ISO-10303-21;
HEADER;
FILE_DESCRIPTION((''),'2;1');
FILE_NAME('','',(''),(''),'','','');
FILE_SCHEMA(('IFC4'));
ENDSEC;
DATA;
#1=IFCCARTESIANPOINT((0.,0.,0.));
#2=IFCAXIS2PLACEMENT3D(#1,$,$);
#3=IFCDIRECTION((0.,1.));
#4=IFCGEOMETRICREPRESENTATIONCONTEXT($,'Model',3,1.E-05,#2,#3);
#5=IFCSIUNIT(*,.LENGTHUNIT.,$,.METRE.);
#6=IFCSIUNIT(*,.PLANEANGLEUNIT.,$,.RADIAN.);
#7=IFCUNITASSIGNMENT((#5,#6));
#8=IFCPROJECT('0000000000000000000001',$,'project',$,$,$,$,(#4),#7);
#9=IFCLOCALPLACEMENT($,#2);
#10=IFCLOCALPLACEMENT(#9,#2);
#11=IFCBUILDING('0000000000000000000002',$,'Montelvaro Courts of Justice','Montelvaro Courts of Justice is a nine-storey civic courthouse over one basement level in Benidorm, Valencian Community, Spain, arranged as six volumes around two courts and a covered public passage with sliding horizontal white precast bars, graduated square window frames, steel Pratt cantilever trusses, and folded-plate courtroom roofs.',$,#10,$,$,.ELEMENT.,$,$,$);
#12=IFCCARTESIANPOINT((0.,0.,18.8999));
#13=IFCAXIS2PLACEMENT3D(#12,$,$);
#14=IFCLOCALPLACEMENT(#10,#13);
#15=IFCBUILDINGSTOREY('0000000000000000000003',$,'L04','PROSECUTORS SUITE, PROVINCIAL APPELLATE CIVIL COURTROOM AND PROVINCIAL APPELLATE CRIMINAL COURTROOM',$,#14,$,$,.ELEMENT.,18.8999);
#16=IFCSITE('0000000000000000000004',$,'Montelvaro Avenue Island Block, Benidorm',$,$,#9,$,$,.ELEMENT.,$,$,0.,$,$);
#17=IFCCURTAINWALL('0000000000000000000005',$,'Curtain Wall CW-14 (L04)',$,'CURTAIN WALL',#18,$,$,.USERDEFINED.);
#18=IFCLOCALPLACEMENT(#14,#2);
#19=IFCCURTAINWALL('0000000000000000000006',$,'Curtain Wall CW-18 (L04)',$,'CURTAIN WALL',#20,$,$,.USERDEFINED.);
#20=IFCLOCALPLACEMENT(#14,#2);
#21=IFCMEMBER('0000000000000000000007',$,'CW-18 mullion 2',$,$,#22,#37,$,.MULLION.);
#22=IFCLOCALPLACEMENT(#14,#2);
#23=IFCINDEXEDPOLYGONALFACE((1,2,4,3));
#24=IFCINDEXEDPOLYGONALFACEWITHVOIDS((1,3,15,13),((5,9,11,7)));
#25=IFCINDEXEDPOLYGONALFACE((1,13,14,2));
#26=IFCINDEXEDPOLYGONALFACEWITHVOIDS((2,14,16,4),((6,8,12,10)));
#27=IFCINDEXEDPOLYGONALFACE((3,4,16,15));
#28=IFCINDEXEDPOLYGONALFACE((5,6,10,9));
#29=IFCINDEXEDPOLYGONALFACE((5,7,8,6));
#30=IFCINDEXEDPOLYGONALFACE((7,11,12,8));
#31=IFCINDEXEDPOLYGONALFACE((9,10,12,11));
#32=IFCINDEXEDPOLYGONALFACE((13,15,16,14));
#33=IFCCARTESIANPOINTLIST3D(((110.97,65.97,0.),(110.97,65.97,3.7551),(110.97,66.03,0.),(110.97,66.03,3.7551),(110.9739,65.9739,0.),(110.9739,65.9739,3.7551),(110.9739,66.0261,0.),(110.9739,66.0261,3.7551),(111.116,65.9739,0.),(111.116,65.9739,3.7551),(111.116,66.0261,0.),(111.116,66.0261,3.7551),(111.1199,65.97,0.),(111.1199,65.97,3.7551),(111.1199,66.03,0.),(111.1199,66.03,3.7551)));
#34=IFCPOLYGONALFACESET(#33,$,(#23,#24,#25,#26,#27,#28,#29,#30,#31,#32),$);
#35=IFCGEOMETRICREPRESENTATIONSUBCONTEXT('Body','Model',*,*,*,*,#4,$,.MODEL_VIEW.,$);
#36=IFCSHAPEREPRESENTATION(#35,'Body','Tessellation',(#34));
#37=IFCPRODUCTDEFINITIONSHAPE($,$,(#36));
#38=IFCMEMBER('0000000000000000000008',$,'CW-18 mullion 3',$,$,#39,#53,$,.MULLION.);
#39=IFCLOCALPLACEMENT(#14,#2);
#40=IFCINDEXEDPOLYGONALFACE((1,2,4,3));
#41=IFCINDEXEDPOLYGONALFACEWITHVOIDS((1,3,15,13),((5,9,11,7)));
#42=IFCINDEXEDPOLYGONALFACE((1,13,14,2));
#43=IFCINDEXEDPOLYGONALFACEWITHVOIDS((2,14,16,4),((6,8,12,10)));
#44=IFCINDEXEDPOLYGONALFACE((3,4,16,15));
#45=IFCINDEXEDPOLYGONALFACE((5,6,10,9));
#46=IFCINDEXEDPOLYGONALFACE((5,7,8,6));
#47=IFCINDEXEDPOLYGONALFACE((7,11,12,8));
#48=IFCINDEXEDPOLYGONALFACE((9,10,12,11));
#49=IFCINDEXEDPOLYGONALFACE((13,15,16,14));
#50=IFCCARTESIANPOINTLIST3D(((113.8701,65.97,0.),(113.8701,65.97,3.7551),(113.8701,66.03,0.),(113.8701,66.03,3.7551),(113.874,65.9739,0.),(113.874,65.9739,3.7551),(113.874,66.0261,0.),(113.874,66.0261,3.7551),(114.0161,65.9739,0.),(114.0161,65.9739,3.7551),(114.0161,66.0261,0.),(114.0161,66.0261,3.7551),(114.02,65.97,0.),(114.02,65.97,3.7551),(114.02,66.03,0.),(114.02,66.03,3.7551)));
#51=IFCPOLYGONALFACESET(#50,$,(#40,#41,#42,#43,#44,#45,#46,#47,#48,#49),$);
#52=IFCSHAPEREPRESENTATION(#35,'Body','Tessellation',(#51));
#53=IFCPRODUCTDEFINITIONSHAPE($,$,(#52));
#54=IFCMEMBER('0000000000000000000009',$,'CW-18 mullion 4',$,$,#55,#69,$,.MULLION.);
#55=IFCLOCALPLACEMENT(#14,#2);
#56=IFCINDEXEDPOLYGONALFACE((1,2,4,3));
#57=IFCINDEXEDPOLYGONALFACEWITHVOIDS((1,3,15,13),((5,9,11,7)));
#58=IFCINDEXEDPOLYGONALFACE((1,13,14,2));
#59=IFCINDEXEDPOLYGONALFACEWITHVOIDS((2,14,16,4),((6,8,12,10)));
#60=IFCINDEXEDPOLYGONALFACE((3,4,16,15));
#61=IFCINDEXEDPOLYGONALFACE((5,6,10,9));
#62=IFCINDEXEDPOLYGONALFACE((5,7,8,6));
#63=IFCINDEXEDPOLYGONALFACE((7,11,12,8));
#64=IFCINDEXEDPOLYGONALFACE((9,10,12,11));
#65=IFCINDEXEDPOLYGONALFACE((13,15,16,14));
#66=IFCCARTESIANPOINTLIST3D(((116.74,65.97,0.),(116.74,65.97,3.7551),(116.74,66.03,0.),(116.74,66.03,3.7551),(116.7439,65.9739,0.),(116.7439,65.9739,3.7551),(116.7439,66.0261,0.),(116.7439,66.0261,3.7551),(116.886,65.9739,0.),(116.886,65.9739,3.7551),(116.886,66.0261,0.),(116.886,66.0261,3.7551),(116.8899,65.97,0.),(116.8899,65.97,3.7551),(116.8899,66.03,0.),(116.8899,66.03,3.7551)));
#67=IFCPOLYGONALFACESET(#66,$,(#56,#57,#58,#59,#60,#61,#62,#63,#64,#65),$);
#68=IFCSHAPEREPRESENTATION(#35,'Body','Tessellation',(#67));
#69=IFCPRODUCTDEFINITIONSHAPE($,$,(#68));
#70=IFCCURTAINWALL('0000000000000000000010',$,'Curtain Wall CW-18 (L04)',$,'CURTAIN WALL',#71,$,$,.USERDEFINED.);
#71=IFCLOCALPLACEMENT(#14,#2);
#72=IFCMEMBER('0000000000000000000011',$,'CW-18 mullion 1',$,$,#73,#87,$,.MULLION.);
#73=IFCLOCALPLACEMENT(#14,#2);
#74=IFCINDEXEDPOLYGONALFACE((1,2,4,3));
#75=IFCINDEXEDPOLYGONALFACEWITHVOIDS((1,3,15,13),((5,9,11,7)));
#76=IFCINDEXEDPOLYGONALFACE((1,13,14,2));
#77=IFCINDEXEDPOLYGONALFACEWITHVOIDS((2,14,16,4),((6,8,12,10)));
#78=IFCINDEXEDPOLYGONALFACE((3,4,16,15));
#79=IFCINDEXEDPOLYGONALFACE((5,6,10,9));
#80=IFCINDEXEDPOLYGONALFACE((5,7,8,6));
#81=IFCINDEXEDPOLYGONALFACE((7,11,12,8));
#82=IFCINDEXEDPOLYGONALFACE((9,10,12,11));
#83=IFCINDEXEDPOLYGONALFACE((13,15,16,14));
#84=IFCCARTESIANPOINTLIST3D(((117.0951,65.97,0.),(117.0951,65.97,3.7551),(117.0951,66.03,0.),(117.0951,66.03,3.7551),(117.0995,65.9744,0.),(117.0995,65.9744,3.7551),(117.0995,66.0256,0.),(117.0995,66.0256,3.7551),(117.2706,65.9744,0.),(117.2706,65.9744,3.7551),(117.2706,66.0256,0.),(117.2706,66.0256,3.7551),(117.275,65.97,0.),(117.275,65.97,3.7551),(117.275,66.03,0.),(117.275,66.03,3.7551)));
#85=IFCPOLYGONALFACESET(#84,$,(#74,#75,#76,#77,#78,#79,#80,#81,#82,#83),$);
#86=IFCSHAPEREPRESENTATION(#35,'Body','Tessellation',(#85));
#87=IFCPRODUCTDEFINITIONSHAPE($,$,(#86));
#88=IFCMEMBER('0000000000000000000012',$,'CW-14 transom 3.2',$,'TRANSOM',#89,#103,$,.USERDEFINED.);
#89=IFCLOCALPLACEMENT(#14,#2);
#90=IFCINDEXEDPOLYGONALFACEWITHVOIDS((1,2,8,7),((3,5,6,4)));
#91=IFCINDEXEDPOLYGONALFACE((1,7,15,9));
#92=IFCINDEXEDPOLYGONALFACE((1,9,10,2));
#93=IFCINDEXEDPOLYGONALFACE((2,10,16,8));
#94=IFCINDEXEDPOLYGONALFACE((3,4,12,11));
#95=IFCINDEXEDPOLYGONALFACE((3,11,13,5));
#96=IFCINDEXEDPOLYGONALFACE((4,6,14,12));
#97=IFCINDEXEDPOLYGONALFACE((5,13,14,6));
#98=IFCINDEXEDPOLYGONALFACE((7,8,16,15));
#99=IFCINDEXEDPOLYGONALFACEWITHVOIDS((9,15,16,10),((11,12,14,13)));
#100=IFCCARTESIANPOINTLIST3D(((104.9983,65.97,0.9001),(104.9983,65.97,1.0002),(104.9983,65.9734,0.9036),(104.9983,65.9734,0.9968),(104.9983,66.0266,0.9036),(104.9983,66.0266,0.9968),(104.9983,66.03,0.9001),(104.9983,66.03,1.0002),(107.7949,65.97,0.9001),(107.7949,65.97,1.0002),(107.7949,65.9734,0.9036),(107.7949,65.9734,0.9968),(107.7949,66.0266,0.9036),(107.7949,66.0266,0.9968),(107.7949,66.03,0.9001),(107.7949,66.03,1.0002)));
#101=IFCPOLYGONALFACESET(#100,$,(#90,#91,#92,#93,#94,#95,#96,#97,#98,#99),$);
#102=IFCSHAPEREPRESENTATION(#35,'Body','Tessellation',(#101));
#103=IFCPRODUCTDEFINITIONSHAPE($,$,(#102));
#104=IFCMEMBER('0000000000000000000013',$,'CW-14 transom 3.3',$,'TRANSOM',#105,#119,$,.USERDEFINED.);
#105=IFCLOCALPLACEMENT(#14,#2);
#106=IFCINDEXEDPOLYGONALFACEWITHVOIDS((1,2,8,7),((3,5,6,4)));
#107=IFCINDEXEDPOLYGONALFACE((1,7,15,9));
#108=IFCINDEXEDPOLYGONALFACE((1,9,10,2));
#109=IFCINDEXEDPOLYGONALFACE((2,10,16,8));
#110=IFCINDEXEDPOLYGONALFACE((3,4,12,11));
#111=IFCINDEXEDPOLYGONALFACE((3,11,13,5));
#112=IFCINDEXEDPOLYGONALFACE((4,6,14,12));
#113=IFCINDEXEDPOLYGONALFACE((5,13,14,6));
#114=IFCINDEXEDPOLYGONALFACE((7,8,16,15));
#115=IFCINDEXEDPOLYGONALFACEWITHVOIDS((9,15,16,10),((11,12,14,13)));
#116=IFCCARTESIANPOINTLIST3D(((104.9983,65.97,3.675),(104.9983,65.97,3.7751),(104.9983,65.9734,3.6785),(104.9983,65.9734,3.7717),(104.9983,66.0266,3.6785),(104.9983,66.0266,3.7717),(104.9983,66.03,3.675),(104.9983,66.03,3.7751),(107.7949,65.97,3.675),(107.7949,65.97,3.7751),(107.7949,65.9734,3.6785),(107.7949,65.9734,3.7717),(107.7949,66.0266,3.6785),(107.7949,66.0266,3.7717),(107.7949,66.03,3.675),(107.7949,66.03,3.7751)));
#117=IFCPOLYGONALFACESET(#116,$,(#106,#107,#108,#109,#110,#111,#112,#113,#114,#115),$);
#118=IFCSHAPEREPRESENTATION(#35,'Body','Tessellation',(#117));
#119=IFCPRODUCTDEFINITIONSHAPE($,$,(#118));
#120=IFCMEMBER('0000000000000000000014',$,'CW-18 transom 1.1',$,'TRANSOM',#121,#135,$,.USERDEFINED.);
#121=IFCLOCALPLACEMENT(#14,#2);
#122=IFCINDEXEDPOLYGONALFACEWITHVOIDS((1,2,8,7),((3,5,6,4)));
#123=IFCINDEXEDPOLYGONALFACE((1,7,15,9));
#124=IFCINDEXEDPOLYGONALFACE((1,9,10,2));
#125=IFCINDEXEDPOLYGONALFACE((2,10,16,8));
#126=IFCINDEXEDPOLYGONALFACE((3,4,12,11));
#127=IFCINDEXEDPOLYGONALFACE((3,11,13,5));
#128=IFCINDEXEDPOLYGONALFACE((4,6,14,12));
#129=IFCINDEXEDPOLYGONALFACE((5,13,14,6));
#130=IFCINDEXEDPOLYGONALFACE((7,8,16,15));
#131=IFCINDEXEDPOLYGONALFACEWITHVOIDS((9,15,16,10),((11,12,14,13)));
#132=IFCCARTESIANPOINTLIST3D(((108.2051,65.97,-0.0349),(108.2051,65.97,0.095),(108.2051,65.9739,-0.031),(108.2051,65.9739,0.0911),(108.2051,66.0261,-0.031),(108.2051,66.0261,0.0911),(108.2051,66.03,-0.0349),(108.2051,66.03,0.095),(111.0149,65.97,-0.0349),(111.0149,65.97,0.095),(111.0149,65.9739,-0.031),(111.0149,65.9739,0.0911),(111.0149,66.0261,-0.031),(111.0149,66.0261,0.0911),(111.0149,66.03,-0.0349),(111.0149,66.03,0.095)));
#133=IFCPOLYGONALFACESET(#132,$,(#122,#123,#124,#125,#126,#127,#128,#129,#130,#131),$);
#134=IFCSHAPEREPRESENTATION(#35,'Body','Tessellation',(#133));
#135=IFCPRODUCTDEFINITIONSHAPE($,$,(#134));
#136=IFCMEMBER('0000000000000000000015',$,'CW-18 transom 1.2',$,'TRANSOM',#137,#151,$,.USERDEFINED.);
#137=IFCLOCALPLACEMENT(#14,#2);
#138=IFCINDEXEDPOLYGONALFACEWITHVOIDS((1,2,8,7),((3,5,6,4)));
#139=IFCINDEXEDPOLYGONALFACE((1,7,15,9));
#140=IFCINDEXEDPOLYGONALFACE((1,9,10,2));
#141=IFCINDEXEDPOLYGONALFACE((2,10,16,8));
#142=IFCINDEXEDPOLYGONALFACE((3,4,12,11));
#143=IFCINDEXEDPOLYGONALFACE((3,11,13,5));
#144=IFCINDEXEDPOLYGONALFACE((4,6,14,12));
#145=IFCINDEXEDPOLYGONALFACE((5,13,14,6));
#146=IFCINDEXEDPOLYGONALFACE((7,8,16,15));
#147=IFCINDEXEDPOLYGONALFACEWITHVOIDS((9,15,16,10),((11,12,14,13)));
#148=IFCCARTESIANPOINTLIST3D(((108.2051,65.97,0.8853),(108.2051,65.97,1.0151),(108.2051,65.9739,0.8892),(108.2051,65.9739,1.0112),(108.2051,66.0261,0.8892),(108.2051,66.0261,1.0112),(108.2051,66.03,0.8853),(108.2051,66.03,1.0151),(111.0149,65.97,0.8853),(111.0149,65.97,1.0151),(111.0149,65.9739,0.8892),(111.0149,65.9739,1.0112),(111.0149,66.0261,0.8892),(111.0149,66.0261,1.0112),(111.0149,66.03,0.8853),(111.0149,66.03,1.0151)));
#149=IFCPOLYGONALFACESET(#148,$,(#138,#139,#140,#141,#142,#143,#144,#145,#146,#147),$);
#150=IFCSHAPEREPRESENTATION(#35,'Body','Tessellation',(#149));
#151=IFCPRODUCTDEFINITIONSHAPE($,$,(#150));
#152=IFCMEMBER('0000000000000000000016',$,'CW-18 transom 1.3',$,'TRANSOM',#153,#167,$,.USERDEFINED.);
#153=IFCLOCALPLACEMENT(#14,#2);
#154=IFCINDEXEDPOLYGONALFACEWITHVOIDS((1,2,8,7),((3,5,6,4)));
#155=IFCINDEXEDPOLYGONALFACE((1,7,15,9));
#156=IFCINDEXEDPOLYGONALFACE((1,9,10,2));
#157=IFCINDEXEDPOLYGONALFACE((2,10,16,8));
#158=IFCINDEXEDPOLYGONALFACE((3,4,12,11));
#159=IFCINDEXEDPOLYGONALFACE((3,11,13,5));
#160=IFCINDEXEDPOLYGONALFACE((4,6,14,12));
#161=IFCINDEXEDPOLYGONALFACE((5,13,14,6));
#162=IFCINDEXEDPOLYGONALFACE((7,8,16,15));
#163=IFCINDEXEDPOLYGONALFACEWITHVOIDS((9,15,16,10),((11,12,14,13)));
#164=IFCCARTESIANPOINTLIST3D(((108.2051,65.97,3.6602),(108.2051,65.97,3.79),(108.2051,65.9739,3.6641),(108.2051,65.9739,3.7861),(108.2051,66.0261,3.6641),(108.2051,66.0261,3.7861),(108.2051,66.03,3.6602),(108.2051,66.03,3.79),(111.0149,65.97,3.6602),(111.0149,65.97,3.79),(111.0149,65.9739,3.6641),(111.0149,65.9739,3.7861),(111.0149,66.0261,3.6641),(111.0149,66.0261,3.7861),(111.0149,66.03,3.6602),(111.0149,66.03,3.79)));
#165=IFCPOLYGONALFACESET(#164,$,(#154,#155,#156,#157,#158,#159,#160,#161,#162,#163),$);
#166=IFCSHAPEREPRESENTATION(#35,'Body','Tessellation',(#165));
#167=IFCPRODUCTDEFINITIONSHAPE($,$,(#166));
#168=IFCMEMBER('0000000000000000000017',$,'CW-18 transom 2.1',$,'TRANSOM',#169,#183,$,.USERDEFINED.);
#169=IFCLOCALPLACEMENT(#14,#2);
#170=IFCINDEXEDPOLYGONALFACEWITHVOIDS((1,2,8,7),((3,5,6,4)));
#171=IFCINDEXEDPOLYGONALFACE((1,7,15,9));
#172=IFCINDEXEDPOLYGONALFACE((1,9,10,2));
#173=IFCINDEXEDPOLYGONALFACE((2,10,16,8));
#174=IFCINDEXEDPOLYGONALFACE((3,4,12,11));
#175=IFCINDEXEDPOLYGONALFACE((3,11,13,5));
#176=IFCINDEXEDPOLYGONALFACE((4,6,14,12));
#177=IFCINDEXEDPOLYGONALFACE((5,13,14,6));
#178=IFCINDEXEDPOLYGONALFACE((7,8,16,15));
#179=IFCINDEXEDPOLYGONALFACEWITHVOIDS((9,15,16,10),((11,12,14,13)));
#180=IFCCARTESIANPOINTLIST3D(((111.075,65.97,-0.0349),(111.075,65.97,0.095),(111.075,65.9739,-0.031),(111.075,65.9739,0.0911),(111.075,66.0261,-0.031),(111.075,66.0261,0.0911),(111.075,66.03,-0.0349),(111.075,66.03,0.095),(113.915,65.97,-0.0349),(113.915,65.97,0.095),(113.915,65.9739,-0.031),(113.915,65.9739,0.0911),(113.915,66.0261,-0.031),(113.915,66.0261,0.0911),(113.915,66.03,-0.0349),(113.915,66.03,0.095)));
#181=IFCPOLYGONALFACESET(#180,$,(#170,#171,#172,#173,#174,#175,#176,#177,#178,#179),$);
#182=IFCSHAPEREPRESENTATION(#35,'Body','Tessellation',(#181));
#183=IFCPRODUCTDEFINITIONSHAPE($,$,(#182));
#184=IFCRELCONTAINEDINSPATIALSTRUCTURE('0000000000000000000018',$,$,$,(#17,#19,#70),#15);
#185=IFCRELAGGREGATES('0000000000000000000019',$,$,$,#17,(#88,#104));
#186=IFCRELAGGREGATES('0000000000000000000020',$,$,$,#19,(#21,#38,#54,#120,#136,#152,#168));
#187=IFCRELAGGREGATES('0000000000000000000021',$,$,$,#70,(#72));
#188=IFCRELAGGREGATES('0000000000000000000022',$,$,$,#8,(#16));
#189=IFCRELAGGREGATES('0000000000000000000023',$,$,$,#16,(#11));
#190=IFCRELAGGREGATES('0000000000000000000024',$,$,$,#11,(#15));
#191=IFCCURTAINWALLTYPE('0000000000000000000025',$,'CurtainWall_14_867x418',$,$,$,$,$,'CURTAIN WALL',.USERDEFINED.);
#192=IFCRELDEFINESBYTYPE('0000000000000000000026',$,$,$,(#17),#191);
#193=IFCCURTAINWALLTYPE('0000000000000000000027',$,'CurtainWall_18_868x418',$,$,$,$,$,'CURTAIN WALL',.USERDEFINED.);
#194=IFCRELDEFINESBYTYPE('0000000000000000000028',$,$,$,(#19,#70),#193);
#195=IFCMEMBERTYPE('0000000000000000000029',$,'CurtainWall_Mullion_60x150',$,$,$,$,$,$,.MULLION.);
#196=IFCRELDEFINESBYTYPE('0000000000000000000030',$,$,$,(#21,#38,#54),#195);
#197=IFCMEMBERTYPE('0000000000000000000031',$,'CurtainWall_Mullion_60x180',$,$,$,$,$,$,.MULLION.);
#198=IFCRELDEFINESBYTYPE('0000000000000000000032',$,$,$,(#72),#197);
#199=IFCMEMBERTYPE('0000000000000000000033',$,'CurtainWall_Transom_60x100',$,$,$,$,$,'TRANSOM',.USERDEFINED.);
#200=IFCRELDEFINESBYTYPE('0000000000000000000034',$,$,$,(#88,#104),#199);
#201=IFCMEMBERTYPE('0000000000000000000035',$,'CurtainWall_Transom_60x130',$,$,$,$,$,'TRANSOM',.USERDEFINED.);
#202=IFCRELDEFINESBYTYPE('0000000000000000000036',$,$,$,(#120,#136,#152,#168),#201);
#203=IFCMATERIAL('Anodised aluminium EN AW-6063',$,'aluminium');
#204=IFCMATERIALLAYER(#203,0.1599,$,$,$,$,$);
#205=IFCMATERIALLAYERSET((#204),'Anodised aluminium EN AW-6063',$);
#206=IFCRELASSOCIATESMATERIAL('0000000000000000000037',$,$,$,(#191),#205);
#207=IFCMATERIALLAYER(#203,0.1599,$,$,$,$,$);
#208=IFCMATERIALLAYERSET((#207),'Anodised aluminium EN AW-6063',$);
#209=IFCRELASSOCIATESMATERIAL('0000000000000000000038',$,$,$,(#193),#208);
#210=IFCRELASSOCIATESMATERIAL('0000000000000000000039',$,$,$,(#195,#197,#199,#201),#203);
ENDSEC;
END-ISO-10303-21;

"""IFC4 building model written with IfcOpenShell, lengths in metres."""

from ifc_helpers import new_model, si_unit, direction, frame, origin, origin_2d, place, context, subcontext, project, spatial, hollow_rectangle, extrude, material, layer, layer_set, material_profile, profile_set, type_object, element, aggregate, save


model = new_model("IFC4")

# Units and contexts
model_context = context("Model", 3, precision=1e-05, world=origin(), true_north=direction((0.0, 1.0)))
body_context = subcontext(model_context, "Body", "Model", "MODEL_VIEW")
ifc_project = project(units=[si_unit("LENGTHUNIT", "METRE"), si_unit("PLANEANGLEUNIT", "RADIAN")], contexts=[model_context])

# Site, building, storey
site_placement = place(None, origin())
site = spatial("IfcSite", under=ifc_project, at=site_placement, Name="Montelvaro Avenue Island Block, Benidorm", CompositionType="ELEMENT", RefElevation=0.0)
building_placement = place(site_placement, origin())
building = spatial("IfcBuilding", under=site, at=building_placement, Name="Montelvaro Courts of Justice", Description="Montelvaro Courts of Justice is a nine-storey civic courthouse over one basement level in Benidorm, Valencian Community, Spain, arranged as six volumes around two courts and a covered public passage with sliding horizontal white precast bars, graduated square window frames, steel Pratt cantilever trusses, and folded-plate courtroom roofs.", CompositionType="ELEMENT")
storey_placement = place(building_placement, frame((0.0, 0.0, 18.8999)))
storey = spatial("IfcBuildingStorey", under=building, at=storey_placement, Name="L04", Description="PROSECUTORS SUITE, PROVINCIAL APPELLATE CIVIL COURTROOM AND PROVINCIAL APPELLATE CRIMINAL COURTROOM", CompositionType="ELEMENT", Elevation=18.8999)

# Curtain wall
ifc_material_1 = material(Name="Anodised aluminium EN AW-6063", Category="aluminium")
ifc_layer_1 = layer(ifc_material_1, 0.1599)
ifc_layer_set_1 = layer_set([ifc_layer_1], Name="Anodised aluminium EN AW-6063")
curtain_wall_type_1 = type_object("IfcCurtainWallType", Name="CurtainWall_14_867x418", ElementType="CURTAIN WALL", PredefinedType="USERDEFINED", material=ifc_layer_set_1)
curtain_wall_1_placement = place(storey_placement, origin())
curtain_wall_1 = element("IfcCurtainWall", 1, at=curtain_wall_1_placement, inside=storey, type_object=curtain_wall_type_1, Name="Curtain Wall CW-14 (L04)", ObjectType="CURTAIN WALL", PredefinedType="USERDEFINED")

# Curtain wall, members
ifc_layer_2 = layer(ifc_material_1, 0.1599)
ifc_layer_set_2 = layer_set([ifc_layer_2], Name="Anodised aluminium EN AW-6063")
curtain_wall_type_2 = type_object("IfcCurtainWallType", Name="CurtainWall_18_868x418", ElementType="CURTAIN WALL", PredefinedType="USERDEFINED", material=ifc_layer_set_2)
curtain_wall_2_placement = place(storey_placement, origin())
curtain_wall_2 = element("IfcCurtainWall", 2, at=curtain_wall_2_placement, inside=storey, type_object=curtain_wall_type_2, Name="Curtain Wall CW-18 (L04)", ObjectType="CURTAIN WALL", PredefinedType="USERDEFINED")
ifc_material_profile_1 = material_profile(ifc_material_1, hollow_rectangle(XDim=0.0601, YDim=0.1499, WallThickness=0.0039, at=origin_2d()), Name="ALU-M 60x150")
ifc_profile_set_1 = profile_set([ifc_material_profile_1], Name="Anodised aluminium EN AW-6063")
member_type_1 = type_object("IfcMemberType", Name="CurtainWall_Mullion_60x150", PredefinedType="MULLION", material=ifc_profile_set_1)
member_1_placement = place(storey_placement, frame((111.0449, 66.0, 0.0), z_axis=(0.0, 0.0, 1.0), x_axis=(0.0, 1.0, 0.0)))
member_1 = element("IfcMember", 3, at=member_1_placement, type_object=member_type_1, Name="CW-18 mullion 2", PredefinedType="MULLION", context=body_context, shape_type="SweptSolid", body=[
    extrude(hollow_rectangle(XDim=0.0601, YDim=0.1499, WallThickness=0.0039, at=origin_2d()), origin(), (0.0, 0.0, 1.0), 3.7551),
])
member_2_placement = place(storey_placement, frame((113.9451, 66.0, 0.0), z_axis=(0.0, 0.0, 1.0), x_axis=(0.0, 1.0, 0.0)))
member_2 = element("IfcMember", 4, at=member_2_placement, type_object=member_type_1, Name="CW-18 mullion 3", PredefinedType="MULLION", context=body_context, shape_type="SweptSolid", body=[
    extrude(hollow_rectangle(XDim=0.0601, YDim=0.1499, WallThickness=0.0039, at=origin_2d()), origin(), (0.0, 0.0, 1.0), 3.7551),
])
member_3_placement = place(storey_placement, frame((116.8149, 66.0, 0.0), z_axis=(0.0, 0.0, 1.0), x_axis=(0.0, 1.0, 0.0)))
member_3 = element("IfcMember", 5, at=member_3_placement, type_object=member_type_1, Name="CW-18 mullion 4", PredefinedType="MULLION", context=body_context, shape_type="SweptSolid", body=[
    extrude(hollow_rectangle(XDim=0.0601, YDim=0.1499, WallThickness=0.0039, at=origin_2d()), origin(), (0.0, 0.0, 1.0), 3.7551),
])

# Curtain wall, member
curtain_wall_3_placement = place(storey_placement, origin())
curtain_wall_3 = element("IfcCurtainWall", 6, at=curtain_wall_3_placement, inside=storey, type_object=curtain_wall_type_2, Name="Curtain Wall CW-18 (L04)", ObjectType="CURTAIN WALL", PredefinedType="USERDEFINED")
ifc_material_profile_2 = material_profile(ifc_material_1, hollow_rectangle(XDim=0.0601, YDim=0.1799, WallThickness=0.0044, at=origin_2d()), Name="ALU-M 60x180")
ifc_profile_set_2 = profile_set([ifc_material_profile_2], Name="Anodised aluminium EN AW-6063")
member_type_2 = type_object("IfcMemberType", Name="CurtainWall_Mullion_60x180", PredefinedType="MULLION", material=ifc_profile_set_2)
member_4_placement = place(storey_placement, frame((117.1851, 66.0, 0.0), z_axis=(0.0, 0.0, 1.0), x_axis=(0.0, 1.0, 0.0)))
member_4 = element("IfcMember", 7, at=member_4_placement, type_object=member_type_2, Name="CW-18 mullion 1", PredefinedType="MULLION", context=body_context, shape_type="SweptSolid", body=[
    extrude(hollow_rectangle(XDim=0.0601, YDim=0.1799, WallThickness=0.0044, at=origin_2d()), origin(), (0.0, 0.0, 1.0), 3.7551),
])

# Members
ifc_material_profile_3 = material_profile(ifc_material_1, hollow_rectangle(XDim=0.0601, YDim=0.1001, WallThickness=0.0034, at=origin_2d()), Name="ALU-T 60x100")
ifc_profile_set_3 = profile_set([ifc_material_profile_3], Name="Anodised aluminium EN AW-6063")
member_type_3 = type_object("IfcMemberType", Name="CurtainWall_Transom_60x100", ElementType="TRANSOM", PredefinedType="USERDEFINED", material=ifc_profile_set_3)
member_5_placement = place(storey_placement, frame((104.9983, 66.0, 0.9502), z_axis=(1.0, 0.0, 0.0), x_axis=(0.0, 1.0, 0.0)))
member_5 = element("IfcMember", 8, at=member_5_placement, type_object=member_type_3, Name="CW-14 transom 3.2", ObjectType="TRANSOM", PredefinedType="USERDEFINED", context=body_context, shape_type="SweptSolid", body=[
    extrude(hollow_rectangle(XDim=0.0601, YDim=0.1001, WallThickness=0.0034, at=origin_2d()), origin(), (0.0, 0.0, 1.0), 2.7966),
])
member_6_placement = place(storey_placement, frame((104.9983, 66.0, 3.7251), z_axis=(1.0, 0.0, 0.0), x_axis=(0.0, 1.0, 0.0)))
member_6 = element("IfcMember", 9, at=member_6_placement, type_object=member_type_3, Name="CW-14 transom 3.3", ObjectType="TRANSOM", PredefinedType="USERDEFINED", context=body_context, shape_type="SweptSolid", body=[
    extrude(hollow_rectangle(XDim=0.0601, YDim=0.1001, WallThickness=0.0034, at=origin_2d()), origin(), (0.0, 0.0, 1.0), 2.7966),
])
ifc_material_profile_4 = material_profile(ifc_material_1, hollow_rectangle(XDim=0.0601, YDim=0.1299, WallThickness=0.0039, at=origin_2d()), Name="ALU-T 60x130")
ifc_profile_set_4 = profile_set([ifc_material_profile_4], Name="Anodised aluminium EN AW-6063")
member_type_4 = type_object("IfcMemberType", Name="CurtainWall_Transom_60x130", ElementType="TRANSOM", PredefinedType="USERDEFINED", material=ifc_profile_set_4)
member_7_placement = place(storey_placement, frame((108.2051, 66.0, 0.03), z_axis=(1.0, 0.0, 0.0), x_axis=(0.0, 1.0, 0.0)))
member_7 = element("IfcMember", 10, at=member_7_placement, type_object=member_type_4, Name="CW-18 transom 1.1", ObjectType="TRANSOM", PredefinedType="USERDEFINED", context=body_context, shape_type="SweptSolid", body=[
    extrude(hollow_rectangle(XDim=0.0601, YDim=0.1299, WallThickness=0.0039, at=origin_2d()), origin(), (0.0, 0.0, 1.0), 2.8098),
])
member_8_placement = place(storey_placement, frame((108.2051, 66.0, 0.9502), z_axis=(1.0, 0.0, 0.0), x_axis=(0.0, 1.0, 0.0)))
member_8 = element("IfcMember", 11, at=member_8_placement, type_object=member_type_4, Name="CW-18 transom 1.2", ObjectType="TRANSOM", PredefinedType="USERDEFINED", context=body_context, shape_type="SweptSolid", body=[
    extrude(hollow_rectangle(XDim=0.0601, YDim=0.1299, WallThickness=0.0039, at=origin_2d()), origin(), (0.0, 0.0, 1.0), 2.8098),
])
member_9_placement = place(storey_placement, frame((108.2051, 66.0, 3.7251), z_axis=(1.0, 0.0, 0.0), x_axis=(0.0, 1.0, 0.0)))
member_9 = element("IfcMember", 12, at=member_9_placement, type_object=member_type_4, Name="CW-18 transom 1.3", ObjectType="TRANSOM", PredefinedType="USERDEFINED", context=body_context, shape_type="SweptSolid", body=[
    extrude(hollow_rectangle(XDim=0.0601, YDim=0.1299, WallThickness=0.0039, at=origin_2d()), origin(), (0.0, 0.0, 1.0), 2.8098),
])
member_10_placement = place(storey_placement, frame((111.075, 66.0, 0.03), z_axis=(1.0, 0.0, 0.0), x_axis=(0.0, 1.0, 0.0)))
member_10 = element("IfcMember", 13, at=member_10_placement, type_object=member_type_4, Name="CW-18 transom 2.1", ObjectType="TRANSOM", PredefinedType="USERDEFINED", context=body_context, shape_type="SweptSolid", body=[
    extrude(hollow_rectangle(XDim=0.0601, YDim=0.1299, WallThickness=0.0039, at=origin_2d()), origin(), (0.0, 0.0, 1.0), 2.8401),
])

aggregate(curtain_wall_1, [member_5, member_6])
aggregate(curtain_wall_2, [member_1, member_2, member_3, member_7, member_8, member_9, member_10])
aggregate(curtain_wall_3, [member_4])

save(model, "model.ifc")
